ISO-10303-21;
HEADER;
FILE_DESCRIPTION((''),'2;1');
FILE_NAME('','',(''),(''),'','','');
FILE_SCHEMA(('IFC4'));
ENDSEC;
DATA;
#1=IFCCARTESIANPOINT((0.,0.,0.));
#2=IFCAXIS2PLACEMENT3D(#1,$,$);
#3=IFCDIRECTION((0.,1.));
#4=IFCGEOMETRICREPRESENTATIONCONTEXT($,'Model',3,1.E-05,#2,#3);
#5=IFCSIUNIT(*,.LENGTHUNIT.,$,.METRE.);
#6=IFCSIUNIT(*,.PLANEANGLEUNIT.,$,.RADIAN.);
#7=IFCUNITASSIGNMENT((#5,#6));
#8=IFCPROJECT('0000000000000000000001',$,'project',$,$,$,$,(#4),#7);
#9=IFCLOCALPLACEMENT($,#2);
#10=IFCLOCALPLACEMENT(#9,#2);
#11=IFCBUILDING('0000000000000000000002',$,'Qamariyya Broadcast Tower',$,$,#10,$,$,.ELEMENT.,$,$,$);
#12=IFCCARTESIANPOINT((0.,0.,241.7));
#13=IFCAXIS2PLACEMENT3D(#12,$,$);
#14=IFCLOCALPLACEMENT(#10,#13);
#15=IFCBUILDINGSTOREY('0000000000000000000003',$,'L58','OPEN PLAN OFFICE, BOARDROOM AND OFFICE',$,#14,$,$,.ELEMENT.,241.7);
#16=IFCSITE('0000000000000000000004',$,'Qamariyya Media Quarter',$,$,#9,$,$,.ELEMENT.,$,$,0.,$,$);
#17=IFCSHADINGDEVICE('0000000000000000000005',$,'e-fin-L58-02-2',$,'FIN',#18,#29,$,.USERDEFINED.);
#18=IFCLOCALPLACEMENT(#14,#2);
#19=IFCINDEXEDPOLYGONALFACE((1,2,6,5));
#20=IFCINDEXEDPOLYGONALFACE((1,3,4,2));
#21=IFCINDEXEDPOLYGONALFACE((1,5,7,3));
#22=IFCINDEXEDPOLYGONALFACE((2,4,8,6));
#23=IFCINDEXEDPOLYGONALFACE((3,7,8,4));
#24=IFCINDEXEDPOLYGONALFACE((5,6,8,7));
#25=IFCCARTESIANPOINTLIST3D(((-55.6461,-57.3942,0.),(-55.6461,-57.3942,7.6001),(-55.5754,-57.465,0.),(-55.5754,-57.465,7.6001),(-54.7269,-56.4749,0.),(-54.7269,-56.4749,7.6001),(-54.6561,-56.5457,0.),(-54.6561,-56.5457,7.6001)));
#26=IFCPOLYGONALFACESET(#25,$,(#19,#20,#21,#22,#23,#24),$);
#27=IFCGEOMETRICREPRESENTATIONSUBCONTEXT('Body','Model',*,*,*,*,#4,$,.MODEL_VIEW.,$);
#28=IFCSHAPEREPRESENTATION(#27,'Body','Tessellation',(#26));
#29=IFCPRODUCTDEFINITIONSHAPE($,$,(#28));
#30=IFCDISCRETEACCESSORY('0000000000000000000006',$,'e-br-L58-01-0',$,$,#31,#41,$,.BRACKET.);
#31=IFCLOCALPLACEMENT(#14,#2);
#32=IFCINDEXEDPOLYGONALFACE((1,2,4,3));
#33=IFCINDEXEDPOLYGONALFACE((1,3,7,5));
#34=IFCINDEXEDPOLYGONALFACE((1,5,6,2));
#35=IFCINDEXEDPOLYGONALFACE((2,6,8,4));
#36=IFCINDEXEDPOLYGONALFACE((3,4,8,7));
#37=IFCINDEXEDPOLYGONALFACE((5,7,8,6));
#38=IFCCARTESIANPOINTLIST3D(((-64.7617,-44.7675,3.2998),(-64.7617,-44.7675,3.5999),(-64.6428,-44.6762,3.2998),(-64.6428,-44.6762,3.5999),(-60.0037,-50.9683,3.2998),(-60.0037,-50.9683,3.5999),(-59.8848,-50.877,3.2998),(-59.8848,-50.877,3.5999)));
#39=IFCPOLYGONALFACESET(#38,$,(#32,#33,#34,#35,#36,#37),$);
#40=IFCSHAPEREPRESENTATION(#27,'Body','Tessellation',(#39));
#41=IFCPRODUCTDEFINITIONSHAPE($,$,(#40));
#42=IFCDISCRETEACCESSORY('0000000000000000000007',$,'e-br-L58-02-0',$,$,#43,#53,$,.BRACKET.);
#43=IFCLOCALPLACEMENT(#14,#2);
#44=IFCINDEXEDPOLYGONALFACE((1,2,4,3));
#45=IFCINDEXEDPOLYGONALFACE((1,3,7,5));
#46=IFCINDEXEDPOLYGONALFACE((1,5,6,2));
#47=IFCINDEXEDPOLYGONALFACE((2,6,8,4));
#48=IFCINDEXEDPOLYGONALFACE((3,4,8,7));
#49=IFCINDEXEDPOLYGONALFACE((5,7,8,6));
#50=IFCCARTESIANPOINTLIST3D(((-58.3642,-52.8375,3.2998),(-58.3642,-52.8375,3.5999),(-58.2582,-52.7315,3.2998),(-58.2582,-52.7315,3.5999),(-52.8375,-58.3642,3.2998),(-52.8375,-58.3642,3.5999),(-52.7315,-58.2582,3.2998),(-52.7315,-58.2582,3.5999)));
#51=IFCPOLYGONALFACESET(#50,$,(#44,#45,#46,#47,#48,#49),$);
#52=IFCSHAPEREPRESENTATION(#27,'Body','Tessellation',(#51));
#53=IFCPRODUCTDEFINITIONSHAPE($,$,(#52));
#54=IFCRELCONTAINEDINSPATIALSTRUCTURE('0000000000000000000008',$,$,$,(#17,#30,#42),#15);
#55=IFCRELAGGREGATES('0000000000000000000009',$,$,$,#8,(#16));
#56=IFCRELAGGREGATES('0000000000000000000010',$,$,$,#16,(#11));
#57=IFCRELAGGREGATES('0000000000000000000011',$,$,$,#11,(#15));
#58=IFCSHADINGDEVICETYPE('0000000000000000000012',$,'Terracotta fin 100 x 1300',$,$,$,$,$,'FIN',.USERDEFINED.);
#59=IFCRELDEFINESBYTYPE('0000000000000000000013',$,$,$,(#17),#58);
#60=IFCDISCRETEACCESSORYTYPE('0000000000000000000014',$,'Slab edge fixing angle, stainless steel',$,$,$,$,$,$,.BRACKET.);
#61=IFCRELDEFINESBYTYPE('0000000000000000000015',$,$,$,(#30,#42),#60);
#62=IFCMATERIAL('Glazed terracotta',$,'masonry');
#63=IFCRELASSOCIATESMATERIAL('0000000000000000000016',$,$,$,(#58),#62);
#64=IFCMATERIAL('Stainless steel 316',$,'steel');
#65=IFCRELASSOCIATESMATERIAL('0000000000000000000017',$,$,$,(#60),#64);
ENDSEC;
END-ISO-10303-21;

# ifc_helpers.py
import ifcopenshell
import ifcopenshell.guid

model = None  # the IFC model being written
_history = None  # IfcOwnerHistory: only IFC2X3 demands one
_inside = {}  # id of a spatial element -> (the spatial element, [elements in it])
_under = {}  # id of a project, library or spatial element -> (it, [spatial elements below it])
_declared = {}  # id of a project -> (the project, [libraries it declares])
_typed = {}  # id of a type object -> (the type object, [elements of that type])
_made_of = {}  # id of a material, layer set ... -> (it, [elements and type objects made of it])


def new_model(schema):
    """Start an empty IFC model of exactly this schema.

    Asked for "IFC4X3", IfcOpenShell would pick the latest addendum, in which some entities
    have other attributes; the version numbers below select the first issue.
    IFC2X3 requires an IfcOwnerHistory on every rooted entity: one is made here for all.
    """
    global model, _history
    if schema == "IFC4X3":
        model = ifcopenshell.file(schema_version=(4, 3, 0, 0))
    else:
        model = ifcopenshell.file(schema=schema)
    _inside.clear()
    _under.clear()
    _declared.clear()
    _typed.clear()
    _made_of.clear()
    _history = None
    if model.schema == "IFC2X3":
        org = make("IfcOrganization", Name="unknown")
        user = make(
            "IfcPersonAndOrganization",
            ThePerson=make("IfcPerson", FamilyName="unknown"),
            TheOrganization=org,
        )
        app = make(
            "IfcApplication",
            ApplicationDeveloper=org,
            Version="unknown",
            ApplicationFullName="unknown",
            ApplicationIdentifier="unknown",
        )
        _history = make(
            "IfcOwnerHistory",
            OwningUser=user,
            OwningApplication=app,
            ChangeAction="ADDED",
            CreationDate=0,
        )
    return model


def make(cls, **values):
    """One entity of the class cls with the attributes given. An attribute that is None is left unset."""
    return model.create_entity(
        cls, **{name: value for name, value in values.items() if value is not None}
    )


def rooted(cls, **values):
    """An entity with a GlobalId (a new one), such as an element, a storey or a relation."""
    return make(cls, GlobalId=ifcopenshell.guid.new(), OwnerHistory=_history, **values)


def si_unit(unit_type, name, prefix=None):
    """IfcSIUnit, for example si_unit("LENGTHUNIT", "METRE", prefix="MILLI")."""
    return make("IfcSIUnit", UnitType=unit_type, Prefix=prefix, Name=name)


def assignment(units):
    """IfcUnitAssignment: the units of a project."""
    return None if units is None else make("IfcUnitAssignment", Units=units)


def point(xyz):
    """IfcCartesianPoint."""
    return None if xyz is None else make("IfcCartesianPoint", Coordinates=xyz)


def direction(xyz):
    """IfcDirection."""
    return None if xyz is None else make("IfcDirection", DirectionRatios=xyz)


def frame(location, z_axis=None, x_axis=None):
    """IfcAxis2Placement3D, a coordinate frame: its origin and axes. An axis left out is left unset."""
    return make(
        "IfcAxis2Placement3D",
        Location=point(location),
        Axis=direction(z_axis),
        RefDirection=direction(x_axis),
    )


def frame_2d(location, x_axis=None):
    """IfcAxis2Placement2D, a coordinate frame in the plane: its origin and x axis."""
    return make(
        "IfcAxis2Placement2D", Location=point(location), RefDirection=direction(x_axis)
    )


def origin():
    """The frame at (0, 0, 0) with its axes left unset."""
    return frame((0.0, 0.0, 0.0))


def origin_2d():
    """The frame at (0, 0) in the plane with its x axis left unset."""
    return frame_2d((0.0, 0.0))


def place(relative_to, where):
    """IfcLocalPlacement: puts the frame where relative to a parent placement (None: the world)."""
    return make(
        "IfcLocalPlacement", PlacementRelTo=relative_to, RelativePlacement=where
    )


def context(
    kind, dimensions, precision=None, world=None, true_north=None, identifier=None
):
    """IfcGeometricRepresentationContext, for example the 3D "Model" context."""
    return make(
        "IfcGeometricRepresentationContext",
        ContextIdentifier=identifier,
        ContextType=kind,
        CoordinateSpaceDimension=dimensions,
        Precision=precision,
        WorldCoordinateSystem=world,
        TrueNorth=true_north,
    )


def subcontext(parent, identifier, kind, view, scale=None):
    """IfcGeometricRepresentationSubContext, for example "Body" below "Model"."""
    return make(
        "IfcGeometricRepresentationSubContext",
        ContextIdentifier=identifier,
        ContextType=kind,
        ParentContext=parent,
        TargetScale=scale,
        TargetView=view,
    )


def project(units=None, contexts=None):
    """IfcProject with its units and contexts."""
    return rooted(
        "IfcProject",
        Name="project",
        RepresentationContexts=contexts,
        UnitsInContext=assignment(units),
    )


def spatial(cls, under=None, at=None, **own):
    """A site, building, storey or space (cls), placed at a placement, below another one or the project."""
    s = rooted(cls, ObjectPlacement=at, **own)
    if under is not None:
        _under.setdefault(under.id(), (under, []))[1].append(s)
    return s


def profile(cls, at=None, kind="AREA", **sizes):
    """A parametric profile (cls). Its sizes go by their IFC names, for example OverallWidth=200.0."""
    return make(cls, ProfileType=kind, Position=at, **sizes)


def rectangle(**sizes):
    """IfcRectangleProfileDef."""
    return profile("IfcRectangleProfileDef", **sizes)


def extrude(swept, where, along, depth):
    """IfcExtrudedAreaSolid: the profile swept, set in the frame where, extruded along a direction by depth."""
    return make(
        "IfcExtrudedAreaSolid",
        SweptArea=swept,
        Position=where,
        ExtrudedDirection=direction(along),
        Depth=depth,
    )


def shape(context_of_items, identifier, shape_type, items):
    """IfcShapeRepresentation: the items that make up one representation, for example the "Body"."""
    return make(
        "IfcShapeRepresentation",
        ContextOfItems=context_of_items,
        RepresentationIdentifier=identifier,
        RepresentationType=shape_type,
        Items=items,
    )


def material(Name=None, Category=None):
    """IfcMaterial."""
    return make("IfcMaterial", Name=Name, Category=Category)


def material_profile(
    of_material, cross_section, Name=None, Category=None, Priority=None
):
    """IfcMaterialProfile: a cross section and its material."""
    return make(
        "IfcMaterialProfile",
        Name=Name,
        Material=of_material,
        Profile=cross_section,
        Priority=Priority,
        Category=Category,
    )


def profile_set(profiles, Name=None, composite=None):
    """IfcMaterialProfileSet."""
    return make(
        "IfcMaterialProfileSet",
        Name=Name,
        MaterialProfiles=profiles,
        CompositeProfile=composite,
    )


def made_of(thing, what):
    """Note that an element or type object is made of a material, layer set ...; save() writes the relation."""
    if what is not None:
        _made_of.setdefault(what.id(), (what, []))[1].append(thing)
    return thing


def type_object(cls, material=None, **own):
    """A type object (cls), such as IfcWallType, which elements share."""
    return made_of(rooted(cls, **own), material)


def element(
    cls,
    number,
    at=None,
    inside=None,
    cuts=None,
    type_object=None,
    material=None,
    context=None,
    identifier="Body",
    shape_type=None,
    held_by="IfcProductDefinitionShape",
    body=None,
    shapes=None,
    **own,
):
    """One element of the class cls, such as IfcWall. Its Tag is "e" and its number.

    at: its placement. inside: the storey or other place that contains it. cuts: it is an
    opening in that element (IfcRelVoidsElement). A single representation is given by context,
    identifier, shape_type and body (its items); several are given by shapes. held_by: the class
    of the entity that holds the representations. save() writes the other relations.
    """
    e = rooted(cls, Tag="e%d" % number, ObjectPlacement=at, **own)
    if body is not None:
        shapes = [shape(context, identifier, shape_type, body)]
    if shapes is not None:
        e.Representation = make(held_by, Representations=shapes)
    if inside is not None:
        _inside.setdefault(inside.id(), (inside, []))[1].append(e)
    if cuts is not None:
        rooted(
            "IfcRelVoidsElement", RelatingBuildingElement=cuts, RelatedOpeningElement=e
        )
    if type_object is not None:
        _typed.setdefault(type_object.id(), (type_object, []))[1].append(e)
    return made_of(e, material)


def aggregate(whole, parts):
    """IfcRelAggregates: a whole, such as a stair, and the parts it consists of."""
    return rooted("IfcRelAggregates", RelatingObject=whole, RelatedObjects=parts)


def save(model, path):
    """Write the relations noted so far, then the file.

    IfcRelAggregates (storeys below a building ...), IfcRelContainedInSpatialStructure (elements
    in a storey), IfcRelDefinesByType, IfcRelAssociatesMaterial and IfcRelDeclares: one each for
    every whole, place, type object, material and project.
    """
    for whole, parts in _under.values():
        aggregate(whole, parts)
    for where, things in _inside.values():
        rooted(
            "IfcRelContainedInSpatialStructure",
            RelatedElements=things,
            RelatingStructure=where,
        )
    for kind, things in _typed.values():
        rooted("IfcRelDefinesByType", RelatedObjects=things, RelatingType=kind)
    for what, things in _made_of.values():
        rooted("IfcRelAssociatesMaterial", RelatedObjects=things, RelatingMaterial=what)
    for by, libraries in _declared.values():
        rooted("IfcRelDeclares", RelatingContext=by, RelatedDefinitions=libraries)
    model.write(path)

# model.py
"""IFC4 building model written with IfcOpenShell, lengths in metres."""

from ifc_helpers import new_model, si_unit, direction, frame, origin, origin_2d, place, context, subcontext, project, spatial, rectangle, extrude, material, material_profile, profile_set, type_object, element, save


model = new_model("IFC4")

# Units and contexts
model_context = context("Model", 3, precision=1e-05, world=origin(), true_north=direction((0.0, 1.0)))
body_context = subcontext(model_context, "Body", "Model", "MODEL_VIEW")
ifc_project = project(units=[si_unit("LENGTHUNIT", "METRE"), si_unit("PLANEANGLEUNIT", "RADIAN")], contexts=[model_context])

# Site, building, storey
site_placement = place(None, origin())
site = spatial("IfcSite", under=ifc_project, at=site_placement, Name="Qamariyya Media Quarter", CompositionType="ELEMENT", RefElevation=0.0)
building_placement = place(site_placement, origin())
building = spatial("IfcBuilding", under=site, at=building_placement, Name="Qamariyya Broadcast Tower", CompositionType="ELEMENT")
storey_placement = place(building_placement, frame((0.0, 0.0, 241.7)))
storey = spatial("IfcBuildingStorey", under=building, at=storey_placement, Name="L58", Description="OPEN PLAN OFFICE, BOARDROOM AND OFFICE", CompositionType="ELEMENT", Elevation=241.7)

# Shading device
ifc_material_1 = material(Name="Glazed terracotta", Category="masonry")
ifc_material_profile_1 = material_profile(ifc_material_1, rectangle(XDim=1.3, YDim=0.1001, at=origin_2d()))
ifc_profile_set_1 = profile_set([ifc_material_profile_1], Name="Glazed terracotta")
shading_device_type_1 = type_object("IfcShadingDeviceType", Name="Terracotta fin 100 x 1300", ElementType="FIN", PredefinedType="USERDEFINED", material=ifc_profile_set_1)
for number, where, z_axis, x_axis, name in (
    (1, (-55.1511, -56.97, 0.0), (0.0, 0.0, 1.0), (-0.707107, -0.707107, 0.0), "e-fin-L58-02-2"),
):
    element("IfcShadingDevice", number, at=place(storey_placement, frame(where, z_axis=z_axis, x_axis=x_axis)), inside=storey, type_object=shading_device_type_1, Name=name, ObjectType="FIN", PredefinedType="USERDEFINED", context=body_context, shape_type="SweptSolid", body=[
        extrude(rectangle(XDim=1.3, YDim=0.1001, at=origin_2d()), origin(), (0.0, 0.0, 1.0), 7.6001),
    ])

# Discrete accessories
ifc_material_2 = material(Name="Stainless steel 316", Category="steel")
discrete_accessory_type = type_object("IfcDiscreteAccessoryType", Name="Slab edge fixing angle, stainless steel", PredefinedType="BRACKET", material=ifc_material_2)
for number, where, z_axis, x_axis, name in (
    (2, (-62.3232, -47.8223, 3.2998), (0.0, 0.0, 1.0), (0.608761, -0.793353, 0.0), "e-br-L58-01-0"),
    (3, (-55.5479, -55.5479, 3.2998), (0.0, 0.0, 1.0), (0.707107, -0.707107, 0.0), "e-br-L58-02-0"),
):
    element("IfcDiscreteAccessory", number, at=place(storey_placement, frame(where, z_axis=z_axis, x_axis=x_axis)), inside=storey, type_object=discrete_accessory_type, Name=name, PredefinedType="BRACKET", context=body_context, shape_type="SweptSolid", body=[
        extrude(rectangle(XDim=7.8159, YDim=0.1499, at=origin_2d()), origin(), (0.0, 0.0, 1.0), 0.3),
    ])

save(model, "model.ifc")
